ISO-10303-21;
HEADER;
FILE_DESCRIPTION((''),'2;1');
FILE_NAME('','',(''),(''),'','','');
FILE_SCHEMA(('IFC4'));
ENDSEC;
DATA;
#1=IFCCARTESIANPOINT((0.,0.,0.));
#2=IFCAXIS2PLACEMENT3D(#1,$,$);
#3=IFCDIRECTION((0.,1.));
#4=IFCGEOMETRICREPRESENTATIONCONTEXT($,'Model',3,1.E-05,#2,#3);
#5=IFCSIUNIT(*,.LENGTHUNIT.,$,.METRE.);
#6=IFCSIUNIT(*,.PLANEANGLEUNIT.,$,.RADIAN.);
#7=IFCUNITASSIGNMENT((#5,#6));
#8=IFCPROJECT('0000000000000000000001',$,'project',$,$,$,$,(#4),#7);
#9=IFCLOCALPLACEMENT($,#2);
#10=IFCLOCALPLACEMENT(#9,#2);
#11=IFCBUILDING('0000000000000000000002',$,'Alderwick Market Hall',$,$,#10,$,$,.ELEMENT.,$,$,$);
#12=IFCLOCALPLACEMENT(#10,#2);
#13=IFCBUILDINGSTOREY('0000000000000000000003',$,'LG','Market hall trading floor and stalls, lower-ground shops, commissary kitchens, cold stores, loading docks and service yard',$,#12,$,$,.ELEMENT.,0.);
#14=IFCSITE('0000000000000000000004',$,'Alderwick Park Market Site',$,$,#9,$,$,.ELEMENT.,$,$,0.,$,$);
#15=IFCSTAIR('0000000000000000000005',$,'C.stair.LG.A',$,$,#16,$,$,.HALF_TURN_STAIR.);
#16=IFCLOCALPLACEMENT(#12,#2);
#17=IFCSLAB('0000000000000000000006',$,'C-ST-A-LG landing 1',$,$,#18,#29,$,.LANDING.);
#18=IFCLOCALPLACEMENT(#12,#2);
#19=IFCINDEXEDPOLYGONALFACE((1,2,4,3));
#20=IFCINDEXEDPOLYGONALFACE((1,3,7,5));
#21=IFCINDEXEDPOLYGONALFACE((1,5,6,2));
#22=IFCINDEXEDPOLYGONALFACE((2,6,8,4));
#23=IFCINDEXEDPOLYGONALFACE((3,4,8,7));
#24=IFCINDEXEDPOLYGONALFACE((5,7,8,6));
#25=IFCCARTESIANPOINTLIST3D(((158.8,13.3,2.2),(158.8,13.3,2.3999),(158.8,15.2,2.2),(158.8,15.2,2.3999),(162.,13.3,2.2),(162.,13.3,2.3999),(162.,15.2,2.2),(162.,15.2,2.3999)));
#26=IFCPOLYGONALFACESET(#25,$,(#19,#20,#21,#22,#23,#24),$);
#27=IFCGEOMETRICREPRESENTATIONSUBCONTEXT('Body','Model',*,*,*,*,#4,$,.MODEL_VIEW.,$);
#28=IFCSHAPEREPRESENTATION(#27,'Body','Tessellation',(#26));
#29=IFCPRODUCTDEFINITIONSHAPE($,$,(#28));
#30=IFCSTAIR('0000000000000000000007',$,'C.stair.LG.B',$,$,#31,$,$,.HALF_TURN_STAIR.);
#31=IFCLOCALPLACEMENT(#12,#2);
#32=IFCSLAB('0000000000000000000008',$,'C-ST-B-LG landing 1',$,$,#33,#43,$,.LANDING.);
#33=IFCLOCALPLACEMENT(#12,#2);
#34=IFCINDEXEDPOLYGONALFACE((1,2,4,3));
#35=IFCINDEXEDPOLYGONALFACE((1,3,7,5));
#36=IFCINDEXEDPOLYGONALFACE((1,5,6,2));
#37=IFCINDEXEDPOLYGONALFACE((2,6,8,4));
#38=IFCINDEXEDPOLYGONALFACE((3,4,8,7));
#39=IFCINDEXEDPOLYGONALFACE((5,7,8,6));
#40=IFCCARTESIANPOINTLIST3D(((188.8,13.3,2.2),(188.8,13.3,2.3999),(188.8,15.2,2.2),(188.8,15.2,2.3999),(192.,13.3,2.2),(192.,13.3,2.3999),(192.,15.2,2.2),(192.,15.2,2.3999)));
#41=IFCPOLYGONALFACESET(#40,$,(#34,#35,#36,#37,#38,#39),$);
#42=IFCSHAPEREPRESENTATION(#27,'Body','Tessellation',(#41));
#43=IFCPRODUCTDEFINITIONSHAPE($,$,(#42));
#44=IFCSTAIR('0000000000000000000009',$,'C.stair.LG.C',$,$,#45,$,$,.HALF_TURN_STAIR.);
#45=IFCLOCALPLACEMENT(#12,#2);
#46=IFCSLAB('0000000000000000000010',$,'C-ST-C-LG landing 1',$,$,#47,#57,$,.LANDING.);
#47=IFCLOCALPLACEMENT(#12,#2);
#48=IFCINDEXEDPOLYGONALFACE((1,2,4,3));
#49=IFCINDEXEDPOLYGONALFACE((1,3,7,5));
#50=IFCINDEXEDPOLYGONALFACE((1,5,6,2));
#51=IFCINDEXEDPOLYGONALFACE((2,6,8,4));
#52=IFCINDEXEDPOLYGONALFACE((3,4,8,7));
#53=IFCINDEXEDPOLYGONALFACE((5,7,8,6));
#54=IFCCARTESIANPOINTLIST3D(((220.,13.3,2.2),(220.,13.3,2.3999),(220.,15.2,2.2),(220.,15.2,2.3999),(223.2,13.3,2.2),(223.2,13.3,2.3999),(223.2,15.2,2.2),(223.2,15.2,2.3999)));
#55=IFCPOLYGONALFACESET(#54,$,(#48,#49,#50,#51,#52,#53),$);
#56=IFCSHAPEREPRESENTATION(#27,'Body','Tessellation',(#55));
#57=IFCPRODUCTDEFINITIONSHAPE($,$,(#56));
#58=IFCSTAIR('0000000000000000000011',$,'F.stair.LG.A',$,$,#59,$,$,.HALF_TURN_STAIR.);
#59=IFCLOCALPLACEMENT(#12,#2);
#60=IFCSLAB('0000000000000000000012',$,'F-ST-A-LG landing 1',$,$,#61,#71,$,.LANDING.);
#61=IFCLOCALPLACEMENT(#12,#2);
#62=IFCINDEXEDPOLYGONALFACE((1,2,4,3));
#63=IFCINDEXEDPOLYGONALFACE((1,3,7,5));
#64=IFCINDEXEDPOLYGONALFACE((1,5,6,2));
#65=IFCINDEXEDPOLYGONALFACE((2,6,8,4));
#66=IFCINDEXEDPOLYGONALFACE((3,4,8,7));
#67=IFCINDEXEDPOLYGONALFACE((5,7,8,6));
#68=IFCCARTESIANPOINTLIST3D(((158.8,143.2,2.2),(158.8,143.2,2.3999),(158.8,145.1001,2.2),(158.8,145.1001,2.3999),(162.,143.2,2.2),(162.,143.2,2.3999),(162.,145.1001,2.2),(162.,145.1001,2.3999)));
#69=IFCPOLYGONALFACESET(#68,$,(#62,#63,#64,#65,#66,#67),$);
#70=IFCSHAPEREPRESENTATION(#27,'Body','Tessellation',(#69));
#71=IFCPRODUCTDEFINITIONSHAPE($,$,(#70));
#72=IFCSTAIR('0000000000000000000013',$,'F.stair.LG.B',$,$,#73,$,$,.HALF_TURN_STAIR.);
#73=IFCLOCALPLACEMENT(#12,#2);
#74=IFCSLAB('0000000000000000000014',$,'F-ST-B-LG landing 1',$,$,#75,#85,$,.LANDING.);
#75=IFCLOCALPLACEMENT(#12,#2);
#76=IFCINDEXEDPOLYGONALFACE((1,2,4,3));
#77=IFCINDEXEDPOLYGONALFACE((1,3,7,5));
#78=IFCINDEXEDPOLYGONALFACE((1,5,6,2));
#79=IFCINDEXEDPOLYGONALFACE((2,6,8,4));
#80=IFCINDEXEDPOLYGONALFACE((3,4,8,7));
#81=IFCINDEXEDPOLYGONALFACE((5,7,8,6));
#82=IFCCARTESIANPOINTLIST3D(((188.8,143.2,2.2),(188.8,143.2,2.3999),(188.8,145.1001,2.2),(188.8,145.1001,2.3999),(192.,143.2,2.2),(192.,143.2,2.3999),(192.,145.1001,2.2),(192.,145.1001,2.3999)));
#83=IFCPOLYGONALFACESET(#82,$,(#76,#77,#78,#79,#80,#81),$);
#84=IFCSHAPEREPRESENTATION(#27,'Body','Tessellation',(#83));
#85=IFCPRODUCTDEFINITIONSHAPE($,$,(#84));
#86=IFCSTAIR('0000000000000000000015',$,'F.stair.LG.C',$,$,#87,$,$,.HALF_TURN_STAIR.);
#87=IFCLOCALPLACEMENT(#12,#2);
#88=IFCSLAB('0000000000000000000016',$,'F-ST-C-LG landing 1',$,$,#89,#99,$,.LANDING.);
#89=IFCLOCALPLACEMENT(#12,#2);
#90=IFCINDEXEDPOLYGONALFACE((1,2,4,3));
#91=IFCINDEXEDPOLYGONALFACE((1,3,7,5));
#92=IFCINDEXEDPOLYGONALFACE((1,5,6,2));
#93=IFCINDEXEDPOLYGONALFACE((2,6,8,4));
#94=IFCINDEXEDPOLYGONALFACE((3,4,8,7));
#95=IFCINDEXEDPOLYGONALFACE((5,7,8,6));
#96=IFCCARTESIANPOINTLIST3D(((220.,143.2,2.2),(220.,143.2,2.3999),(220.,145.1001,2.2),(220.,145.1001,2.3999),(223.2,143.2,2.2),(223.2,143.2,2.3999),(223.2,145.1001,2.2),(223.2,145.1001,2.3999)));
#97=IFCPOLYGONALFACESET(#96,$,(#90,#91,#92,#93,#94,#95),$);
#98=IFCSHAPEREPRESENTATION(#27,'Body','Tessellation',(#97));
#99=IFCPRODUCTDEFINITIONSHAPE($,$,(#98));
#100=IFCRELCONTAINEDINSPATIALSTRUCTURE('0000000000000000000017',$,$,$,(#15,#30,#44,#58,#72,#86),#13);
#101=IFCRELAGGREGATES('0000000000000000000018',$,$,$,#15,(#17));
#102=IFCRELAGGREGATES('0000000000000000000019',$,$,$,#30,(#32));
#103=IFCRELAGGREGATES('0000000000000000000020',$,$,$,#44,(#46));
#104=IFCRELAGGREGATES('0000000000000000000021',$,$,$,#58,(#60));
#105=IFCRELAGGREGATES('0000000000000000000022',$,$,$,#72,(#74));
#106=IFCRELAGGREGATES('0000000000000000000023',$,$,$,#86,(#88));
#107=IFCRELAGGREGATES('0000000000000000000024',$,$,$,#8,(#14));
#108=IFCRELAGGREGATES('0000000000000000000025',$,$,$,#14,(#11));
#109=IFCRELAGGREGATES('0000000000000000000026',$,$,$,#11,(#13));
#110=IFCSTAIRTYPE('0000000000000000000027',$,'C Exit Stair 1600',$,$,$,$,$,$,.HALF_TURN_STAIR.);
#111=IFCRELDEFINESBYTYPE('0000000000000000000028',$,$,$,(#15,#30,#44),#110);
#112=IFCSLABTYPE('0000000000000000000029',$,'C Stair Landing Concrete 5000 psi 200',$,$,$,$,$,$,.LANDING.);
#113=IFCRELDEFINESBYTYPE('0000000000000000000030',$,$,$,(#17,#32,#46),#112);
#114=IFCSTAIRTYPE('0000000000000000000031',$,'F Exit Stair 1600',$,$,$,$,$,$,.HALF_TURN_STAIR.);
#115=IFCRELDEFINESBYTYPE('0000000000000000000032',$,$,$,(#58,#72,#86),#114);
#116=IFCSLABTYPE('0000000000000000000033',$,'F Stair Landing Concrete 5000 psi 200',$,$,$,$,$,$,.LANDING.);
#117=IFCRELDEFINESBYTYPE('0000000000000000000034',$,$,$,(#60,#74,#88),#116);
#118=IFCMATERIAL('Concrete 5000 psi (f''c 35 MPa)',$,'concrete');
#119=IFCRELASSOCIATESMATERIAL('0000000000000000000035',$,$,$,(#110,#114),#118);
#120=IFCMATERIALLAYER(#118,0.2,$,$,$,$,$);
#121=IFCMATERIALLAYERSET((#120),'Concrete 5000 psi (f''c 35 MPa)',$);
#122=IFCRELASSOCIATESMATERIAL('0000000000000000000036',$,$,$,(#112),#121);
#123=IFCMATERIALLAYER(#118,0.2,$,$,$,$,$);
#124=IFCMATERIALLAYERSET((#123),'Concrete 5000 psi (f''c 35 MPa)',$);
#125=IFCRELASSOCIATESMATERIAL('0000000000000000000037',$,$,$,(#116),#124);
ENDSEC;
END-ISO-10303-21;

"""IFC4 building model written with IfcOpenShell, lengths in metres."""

from ifc_helpers import new_model, si_unit, direction, frame, origin, place, context, subcontext, project, spatial, polyline, outline, extrude, material, layer, layer_set, type_object, element, aggregate, save


model = new_model("IFC4")

# Units and contexts
model_context = context("Model", 3, precision=1e-05, world=origin(), true_north=direction((0.0, 1.0)))
body_context = subcontext(model_context, "Body", "Model", "MODEL_VIEW")
ifc_project = project(units=[si_unit("LENGTHUNIT", "METRE"), si_unit("PLANEANGLEUNIT", "RADIAN")], contexts=[model_context])

# Site, building, storey
site_placement = place(None, origin())
site = spatial("IfcSite", under=ifc_project, at=site_placement, Name="Alderwick Park Market Site", CompositionType="ELEMENT", RefElevation=0.0)
building_placement = place(site_placement, origin())
building = spatial("IfcBuilding", under=site, at=building_placement, Name="Alderwick Market Hall", CompositionType="ELEMENT")
storey_placement = place(building_placement, origin())
storey = spatial("IfcBuildingStorey", under=building, at=storey_placement, Name="LG", Description="Market hall trading floor and stalls, lower-ground shops, commissary kitchens, cold stores, loading docks and service yard", CompositionType="ELEMENT", Elevation=0.0)

# Stairs, slabs
ifc_material_1 = material(Name="Concrete 5000 psi (f'c 35 MPa)", Category="concrete")
stair_type_1 = type_object("IfcStairType", Name="C Exit Stair 1600", PredefinedType="HALF_TURN_STAIR", material=ifc_material_1)
stair_1_placement = place(storey_placement, origin())
stair_1 = element("IfcStair", 1, at=stair_1_placement, inside=storey, type_object=stair_type_1, Name="C.stair.LG.A", PredefinedType="HALF_TURN_STAIR")
ifc_layer_1 = layer(ifc_material_1, 0.2)
ifc_layer_set_1 = layer_set([ifc_layer_1], Name="Concrete 5000 psi (f'c 35 MPa)")
slab_type_1 = type_object("IfcSlabType", Name="C Stair Landing Concrete 5000 psi 200", PredefinedType="LANDING", material=ifc_layer_set_1)
slab_1_placement = place(storey_placement, frame((0.0, 0.0, 2.2)))
slab_1 = element("IfcSlab", 2, at=slab_1_placement, type_object=slab_type_1, Name="C-ST-A-LG landing 1", PredefinedType="LANDING", context=body_context, shape_type="SweptSolid", body=[
    extrude(outline(polyline([(158.8, 15.2), (162.0, 15.2), (162.0, 13.3), (158.8, 13.3), (158.8, 15.2)])), origin(), (0.0, 0.0, 1.0), 0.2),
])
aggregate(stair_1, [slab_1])
stair_2_placement = place(storey_placement, origin())
stair_2 = element("IfcStair", 3, at=stair_2_placement, inside=storey, type_object=stair_type_1, Name="C.stair.LG.B", PredefinedType="HALF_TURN_STAIR")
slab_2_placement = place(storey_placement, frame((0.0, 0.0, 2.2)))
slab_2 = element("IfcSlab", 4, at=slab_2_placement, type_object=slab_type_1, Name="C-ST-B-LG landing 1", PredefinedType="LANDING", context=body_context, shape_type="SweptSolid", body=[
    extrude(outline(polyline([(188.8, 15.2), (192.0, 15.2), (192.0, 13.3), (188.8, 13.3), (188.8, 15.2)])), origin(), (0.0, 0.0, 1.0), 0.2),
])
aggregate(stair_2, [slab_2])
stair_3_placement = place(storey_placement, origin())
stair_3 = element("IfcStair", 5, at=stair_3_placement, inside=storey, type_object=stair_type_1, Name="C.stair.LG.C", PredefinedType="HALF_TURN_STAIR")
slab_3_placement = place(storey_placement, frame((0.0, 0.0, 2.2)))
slab_3 = element("IfcSlab", 6, at=slab_3_placement, type_object=slab_type_1, Name="C-ST-C-LG landing 1", PredefinedType="LANDING", context=body_context, shape_type="SweptSolid", body=[
    extrude(outline(polyline([(220.0, 15.2), (223.2, 15.2), (223.2, 13.3), (220.0, 13.3), (220.0, 15.2)])), origin(), (0.0, 0.0, 1.0), 0.2),
])
aggregate(stair_3, [slab_3])
stair_type_2 = type_object("IfcStairType", Name="F Exit Stair 1600", PredefinedType="HALF_TURN_STAIR", material=ifc_material_1)
stair_4_placement = place(storey_placement, origin())
stair_4 = element("IfcStair", 7, at=stair_4_placement, inside=storey, type_object=stair_type_2, Name="F.stair.LG.A", PredefinedType="HALF_TURN_STAIR")
ifc_layer_2 = layer(ifc_material_1, 0.2)
ifc_layer_set_2 = layer_set([ifc_layer_2], Name="Concrete 5000 psi (f'c 35 MPa)")
slab_type_2 = type_object("IfcSlabType", Name="F Stair Landing Concrete 5000 psi 200", PredefinedType="LANDING", material=ifc_layer_set_2)
slab_4_placement = place(storey_placement, frame((0.0, 0.0, 2.2)))
slab_4 = element("IfcSlab", 8, at=slab_4_placement, type_object=slab_type_2, Name="F-ST-A-LG landing 1", PredefinedType="LANDING", context=body_context, shape_type="SweptSolid", body=[
    extrude(outline(polyline([(158.8, 143.2), (162.0, 143.2), (162.0, 145.1001), (158.8, 145.1001), (158.8, 143.2)])), origin(), (0.0, 0.0, 1.0), 0.2),
])
aggregate(stair_4, [slab_4])
stair_5_placement = place(storey_placement, origin())
stair_5 = element("IfcStair", 9, at=stair_5_placement, inside=storey, type_object=stair_type_2, Name="F.stair.LG.B", PredefinedType="HALF_TURN_STAIR")
slab_5_placement = place(storey_placement, frame((0.0, 0.0, 2.2)))
slab_5 = element("IfcSlab", 10, at=slab_5_placement, type_object=slab_type_2, Name="F-ST-B-LG landing 1", PredefinedType="LANDING", context=body_context, shape_type="SweptSolid", body=[
    extrude(outline(polyline([(188.8, 143.2), (192.0, 143.2), (192.0, 145.1001), (188.8, 145.1001), (188.8, 143.2)])), origin(), (0.0, 0.0, 1.0), 0.2),
])
aggregate(stair_5, [slab_5])
stair_6_placement = place(storey_placement, origin())
stair_6 = element("IfcStair", 11, at=stair_6_placement, inside=storey, type_object=stair_type_2, Name="F.stair.LG.C", PredefinedType="HALF_TURN_STAIR")
slab_6_placement = place(storey_placement, frame((0.0, 0.0, 2.2)))
slab_6 = element("IfcSlab", 12, at=slab_6_placement, type_object=slab_type_2, Name="F-ST-C-LG landing 1", PredefinedType="LANDING", context=body_context, shape_type="SweptSolid", body=[
    extrude(outline(polyline([(220.0, 143.2), (223.2, 143.2), (223.2, 145.1001), (220.0, 145.1001), (220.0, 143.2)])), origin(), (0.0, 0.0, 1.0), 0.2),
])
aggregate(stair_6, [slab_6])

save(model, "model.ifc")
